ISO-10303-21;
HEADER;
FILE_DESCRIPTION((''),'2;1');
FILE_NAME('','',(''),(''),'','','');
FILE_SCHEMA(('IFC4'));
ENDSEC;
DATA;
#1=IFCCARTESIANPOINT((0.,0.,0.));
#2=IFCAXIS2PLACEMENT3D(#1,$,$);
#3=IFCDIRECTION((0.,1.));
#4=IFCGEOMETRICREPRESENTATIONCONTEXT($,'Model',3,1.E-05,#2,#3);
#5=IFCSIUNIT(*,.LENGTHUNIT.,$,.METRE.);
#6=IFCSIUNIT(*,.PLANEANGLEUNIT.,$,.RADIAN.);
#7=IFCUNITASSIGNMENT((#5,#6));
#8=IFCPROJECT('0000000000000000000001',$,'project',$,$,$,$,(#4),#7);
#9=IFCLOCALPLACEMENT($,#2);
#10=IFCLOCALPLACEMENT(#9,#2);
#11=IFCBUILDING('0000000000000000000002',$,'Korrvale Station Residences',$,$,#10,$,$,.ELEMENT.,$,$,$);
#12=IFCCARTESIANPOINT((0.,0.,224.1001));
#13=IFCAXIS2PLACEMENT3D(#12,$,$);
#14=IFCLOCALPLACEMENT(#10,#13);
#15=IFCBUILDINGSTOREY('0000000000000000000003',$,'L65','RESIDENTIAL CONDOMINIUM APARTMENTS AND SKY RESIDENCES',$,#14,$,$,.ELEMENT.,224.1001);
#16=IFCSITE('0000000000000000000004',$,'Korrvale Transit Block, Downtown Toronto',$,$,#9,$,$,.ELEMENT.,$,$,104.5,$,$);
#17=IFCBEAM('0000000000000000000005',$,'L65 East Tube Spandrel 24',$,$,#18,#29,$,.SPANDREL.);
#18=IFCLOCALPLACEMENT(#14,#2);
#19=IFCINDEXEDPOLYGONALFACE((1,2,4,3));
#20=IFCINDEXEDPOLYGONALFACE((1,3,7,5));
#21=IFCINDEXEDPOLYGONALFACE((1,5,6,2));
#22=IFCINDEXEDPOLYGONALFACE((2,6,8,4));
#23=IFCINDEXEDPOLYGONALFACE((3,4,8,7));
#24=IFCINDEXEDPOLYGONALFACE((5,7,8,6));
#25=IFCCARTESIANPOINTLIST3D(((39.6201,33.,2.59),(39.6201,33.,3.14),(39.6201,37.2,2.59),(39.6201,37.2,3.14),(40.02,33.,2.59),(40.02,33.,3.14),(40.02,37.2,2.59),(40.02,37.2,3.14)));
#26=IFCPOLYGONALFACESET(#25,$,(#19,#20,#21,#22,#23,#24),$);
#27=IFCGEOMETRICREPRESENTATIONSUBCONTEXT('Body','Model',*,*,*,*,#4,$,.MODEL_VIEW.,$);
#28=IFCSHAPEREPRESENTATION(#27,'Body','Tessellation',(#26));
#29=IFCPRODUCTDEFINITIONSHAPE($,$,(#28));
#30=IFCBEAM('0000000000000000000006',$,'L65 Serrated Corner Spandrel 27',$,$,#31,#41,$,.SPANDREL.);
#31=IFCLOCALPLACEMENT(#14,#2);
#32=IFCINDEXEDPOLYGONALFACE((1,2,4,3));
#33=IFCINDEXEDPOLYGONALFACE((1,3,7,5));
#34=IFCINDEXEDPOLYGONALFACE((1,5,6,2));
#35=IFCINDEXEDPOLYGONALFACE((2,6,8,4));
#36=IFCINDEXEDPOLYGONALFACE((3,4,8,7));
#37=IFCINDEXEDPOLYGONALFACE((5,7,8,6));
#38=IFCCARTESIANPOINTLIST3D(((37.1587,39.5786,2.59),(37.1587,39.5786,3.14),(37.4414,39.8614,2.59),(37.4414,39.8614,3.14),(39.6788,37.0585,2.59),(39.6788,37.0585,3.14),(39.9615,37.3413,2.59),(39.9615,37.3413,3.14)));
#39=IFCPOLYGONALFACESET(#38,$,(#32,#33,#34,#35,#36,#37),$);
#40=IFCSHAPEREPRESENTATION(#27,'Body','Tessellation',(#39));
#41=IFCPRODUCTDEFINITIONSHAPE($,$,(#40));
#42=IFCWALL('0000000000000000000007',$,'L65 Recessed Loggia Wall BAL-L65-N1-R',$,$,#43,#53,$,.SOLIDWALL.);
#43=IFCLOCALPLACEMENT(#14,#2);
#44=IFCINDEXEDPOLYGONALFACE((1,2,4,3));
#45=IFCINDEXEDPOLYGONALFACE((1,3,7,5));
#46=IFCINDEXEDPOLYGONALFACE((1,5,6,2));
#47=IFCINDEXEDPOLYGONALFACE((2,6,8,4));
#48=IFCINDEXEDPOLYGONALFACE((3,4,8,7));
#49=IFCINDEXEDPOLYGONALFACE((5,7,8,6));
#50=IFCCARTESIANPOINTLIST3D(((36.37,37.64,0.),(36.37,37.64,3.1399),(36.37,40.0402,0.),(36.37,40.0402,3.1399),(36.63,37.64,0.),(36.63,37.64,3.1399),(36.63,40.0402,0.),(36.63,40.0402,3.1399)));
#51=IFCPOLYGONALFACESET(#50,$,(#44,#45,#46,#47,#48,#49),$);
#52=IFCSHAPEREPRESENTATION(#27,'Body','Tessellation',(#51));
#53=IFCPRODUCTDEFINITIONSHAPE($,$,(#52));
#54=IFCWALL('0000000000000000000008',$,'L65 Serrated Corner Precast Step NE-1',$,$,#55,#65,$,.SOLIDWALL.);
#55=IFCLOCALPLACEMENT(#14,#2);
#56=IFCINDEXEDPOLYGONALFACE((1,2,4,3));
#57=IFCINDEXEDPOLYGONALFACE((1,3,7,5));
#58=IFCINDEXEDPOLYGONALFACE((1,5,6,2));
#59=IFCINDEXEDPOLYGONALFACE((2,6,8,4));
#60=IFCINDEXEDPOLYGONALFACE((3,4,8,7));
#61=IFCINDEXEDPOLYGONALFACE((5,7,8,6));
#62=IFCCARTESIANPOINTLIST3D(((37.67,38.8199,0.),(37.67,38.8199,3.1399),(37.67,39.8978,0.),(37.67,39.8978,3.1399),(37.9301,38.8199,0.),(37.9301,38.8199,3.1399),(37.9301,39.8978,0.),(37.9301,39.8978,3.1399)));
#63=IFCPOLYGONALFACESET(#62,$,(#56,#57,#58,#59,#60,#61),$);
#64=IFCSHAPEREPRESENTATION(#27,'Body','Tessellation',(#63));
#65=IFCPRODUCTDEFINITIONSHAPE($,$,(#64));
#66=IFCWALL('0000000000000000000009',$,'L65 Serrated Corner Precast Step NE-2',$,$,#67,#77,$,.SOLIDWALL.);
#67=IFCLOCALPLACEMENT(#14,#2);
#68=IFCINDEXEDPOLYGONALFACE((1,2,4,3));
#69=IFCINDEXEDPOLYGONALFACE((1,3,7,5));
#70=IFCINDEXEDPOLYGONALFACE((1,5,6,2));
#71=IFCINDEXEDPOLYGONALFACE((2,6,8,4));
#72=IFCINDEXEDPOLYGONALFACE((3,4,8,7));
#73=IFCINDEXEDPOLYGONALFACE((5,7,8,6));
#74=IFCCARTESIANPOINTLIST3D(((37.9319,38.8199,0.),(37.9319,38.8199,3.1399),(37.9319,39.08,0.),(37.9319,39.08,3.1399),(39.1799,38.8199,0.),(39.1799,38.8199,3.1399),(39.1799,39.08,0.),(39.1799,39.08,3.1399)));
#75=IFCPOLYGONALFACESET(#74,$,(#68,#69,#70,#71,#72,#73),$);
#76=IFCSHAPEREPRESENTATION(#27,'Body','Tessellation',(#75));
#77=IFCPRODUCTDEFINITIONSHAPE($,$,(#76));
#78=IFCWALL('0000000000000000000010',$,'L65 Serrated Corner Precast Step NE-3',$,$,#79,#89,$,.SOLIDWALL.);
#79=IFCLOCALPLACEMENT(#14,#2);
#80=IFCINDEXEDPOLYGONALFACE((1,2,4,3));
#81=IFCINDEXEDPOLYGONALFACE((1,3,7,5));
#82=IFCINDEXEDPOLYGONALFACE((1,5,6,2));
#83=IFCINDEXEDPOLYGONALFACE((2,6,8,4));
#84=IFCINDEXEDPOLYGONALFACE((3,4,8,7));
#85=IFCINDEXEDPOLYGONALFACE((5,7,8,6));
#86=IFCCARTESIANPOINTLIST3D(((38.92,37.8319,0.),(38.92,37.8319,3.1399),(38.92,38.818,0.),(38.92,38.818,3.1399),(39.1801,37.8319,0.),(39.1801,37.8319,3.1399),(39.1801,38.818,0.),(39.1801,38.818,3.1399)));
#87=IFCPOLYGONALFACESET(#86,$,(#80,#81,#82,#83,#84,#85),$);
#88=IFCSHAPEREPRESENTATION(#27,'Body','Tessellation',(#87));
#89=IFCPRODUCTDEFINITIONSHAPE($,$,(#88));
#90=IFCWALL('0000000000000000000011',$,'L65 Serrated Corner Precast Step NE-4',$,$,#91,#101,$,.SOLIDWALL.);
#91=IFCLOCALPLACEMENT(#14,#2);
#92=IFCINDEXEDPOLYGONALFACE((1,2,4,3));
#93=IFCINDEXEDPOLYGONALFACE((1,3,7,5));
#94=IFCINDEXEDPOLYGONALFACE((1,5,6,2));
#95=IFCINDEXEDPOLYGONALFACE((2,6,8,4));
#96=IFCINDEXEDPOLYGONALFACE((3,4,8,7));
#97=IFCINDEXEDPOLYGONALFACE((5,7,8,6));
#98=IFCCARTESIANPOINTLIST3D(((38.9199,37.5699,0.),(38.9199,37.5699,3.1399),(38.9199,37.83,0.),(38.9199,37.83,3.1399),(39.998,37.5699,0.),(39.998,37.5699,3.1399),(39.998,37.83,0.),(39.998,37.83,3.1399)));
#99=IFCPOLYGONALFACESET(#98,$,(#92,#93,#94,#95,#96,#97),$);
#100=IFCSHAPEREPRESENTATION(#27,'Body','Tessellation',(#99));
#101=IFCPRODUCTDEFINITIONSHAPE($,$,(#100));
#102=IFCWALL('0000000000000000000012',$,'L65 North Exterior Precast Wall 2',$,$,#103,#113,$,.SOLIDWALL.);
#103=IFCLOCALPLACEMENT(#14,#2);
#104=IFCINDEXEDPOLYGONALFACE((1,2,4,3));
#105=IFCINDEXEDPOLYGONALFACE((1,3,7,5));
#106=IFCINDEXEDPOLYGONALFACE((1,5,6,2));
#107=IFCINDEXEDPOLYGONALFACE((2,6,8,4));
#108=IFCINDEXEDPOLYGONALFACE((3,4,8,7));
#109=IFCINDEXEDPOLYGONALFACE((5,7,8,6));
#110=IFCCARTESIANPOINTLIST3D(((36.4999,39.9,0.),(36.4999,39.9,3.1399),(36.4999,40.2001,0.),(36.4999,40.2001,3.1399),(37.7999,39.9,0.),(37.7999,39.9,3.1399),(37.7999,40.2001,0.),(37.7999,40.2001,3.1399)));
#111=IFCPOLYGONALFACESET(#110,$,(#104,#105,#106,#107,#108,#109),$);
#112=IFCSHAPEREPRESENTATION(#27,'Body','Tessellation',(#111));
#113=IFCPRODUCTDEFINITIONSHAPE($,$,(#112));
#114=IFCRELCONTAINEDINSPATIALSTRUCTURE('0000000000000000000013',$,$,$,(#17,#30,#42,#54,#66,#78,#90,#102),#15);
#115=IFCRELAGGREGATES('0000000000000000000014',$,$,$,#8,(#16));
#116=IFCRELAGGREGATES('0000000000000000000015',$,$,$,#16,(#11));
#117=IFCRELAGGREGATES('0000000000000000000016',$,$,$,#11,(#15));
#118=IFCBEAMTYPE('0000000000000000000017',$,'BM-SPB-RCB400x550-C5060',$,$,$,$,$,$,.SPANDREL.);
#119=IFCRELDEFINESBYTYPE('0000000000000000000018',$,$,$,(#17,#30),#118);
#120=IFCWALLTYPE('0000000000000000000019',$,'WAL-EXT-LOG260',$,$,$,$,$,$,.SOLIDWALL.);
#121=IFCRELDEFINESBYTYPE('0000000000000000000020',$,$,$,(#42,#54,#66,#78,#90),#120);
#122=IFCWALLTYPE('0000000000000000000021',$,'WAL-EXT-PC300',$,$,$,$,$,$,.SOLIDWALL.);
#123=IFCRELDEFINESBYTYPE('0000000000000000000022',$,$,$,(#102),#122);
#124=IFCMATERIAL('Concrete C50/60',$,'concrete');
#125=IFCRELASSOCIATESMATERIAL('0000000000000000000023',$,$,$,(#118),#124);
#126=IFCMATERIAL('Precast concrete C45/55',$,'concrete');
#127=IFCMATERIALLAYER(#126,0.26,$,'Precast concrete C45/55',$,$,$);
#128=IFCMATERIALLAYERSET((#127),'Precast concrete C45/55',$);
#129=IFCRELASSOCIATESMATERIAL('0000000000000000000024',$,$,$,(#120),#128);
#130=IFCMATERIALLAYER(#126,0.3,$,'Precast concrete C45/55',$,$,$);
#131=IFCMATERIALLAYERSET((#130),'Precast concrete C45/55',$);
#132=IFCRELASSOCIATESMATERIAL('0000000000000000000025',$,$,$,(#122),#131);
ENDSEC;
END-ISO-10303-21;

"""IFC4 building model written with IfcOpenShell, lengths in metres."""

from ifc_helpers import new_model, si_unit, direction, frame, frame_2d, origin, origin_2d, place, context, subcontext, project, spatial, rectangle, extrude, material, layer, layer_set, material_profile, profile_set, type_object, element, save


model = new_model("IFC4")

# Units and contexts
model_context = context("Model", 3, precision=1e-05, world=origin(), true_north=direction((0.0, 1.0)))
body_context = subcontext(model_context, "Body", "Model", "MODEL_VIEW")
ifc_project = project(units=[si_unit("LENGTHUNIT", "METRE"), si_unit("PLANEANGLEUNIT", "RADIAN")], contexts=[model_context])

# Site, building, storey
site_placement = place(None, origin())
site = spatial("IfcSite", under=ifc_project, at=site_placement, Name="Korrvale Transit Block, Downtown Toronto", CompositionType="ELEMENT", RefElevation=104.5)
building_placement = place(site_placement, origin())
building = spatial("IfcBuilding", under=site, at=building_placement, Name="Korrvale Station Residences", CompositionType="ELEMENT")
storey_placement = place(building_placement, frame((0.0, 0.0, 224.1001)))
storey = spatial("IfcBuildingStorey", under=building, at=storey_placement, Name="L65", Description="RESIDENTIAL CONDOMINIUM APARTMENTS AND SKY RESIDENCES", CompositionType="ELEMENT", Elevation=224.1001)

# Shared definitions
ifc_material_1 = material(Name="Concrete C50/60", Category="concrete")

# Beams
ifc_material_profile_1 = material_profile(ifc_material_1, rectangle(XDim=0.3999, YDim=0.55, at=origin_2d()), Name="RCB400x550")
ifc_profile_set_1 = profile_set([ifc_material_profile_1], Name="Concrete C50/60")
beam_type_1 = type_object("IfcBeamType", Name="BM-SPB-RCB400x550-C5060", PredefinedType="SPANDREL", material=ifc_profile_set_1)
beam_1_placement = place(storey_placement, frame((39.8201, 33.0, 2.865), z_axis=(0.0, 1.0, 0.0), x_axis=(-1.0, 0.0, 0.0)))
element("IfcBeam", 1, at=beam_1_placement, inside=storey, type_object=beam_type_1, Name="L65 East Tube Spandrel 24", PredefinedType="SPANDREL", context=body_context, shape_type="SweptSolid", body=[
    extrude(rectangle(XDim=0.3999, YDim=0.55, at=origin_2d()), origin(), (0.0, 0.0, 1.0), 4.2),
])
beam_2_placement = place(storey_placement, frame((37.3, 39.72, 2.865), z_axis=(0.707107, -0.707107, 0.0), x_axis=(0.707107, 0.707107, 0.0)))
element("IfcBeam", 2, at=beam_2_placement, inside=storey, type_object=beam_type_1, Name="L65 Serrated Corner Spandrel 27", PredefinedType="SPANDREL", context=body_context, shape_type="SweptSolid", body=[
    extrude(rectangle(XDim=0.3999, YDim=0.55, at=origin_2d()), origin(), (0.0, 0.0, 1.0), 3.564),
])

# Walls
ifc_material_2 = material(Name="Precast concrete C45/55", Category="concrete")
ifc_layer_1 = layer(ifc_material_2, 0.26, Name="Precast concrete C45/55")
ifc_layer_set_1 = layer_set([ifc_layer_1], Name="Precast concrete C45/55")
wall_type_1 = type_object("IfcWallType", Name="WAL-EXT-LOG260", PredefinedType="SOLIDWALL", material=ifc_layer_set_1)
wall_1_placement = place(storey_placement, frame((36.5, 37.6399, 0.0), z_axis=(0.0, 0.0, 1.0), x_axis=(0.0, 1.0, 0.0)))
element("IfcWall", 3, at=wall_1_placement, inside=storey, type_object=wall_type_1, Name="L65 Recessed Loggia Wall BAL-L65-N1-R", PredefinedType="SOLIDWALL", context=body_context, shape_type="SweptSolid", body=[
    extrude(rectangle(XDim=2.4001, YDim=0.26, at=frame_2d((1.2002, 0.0))), origin(), (0.0, 0.0, 1.0), 3.1399),
])
wall_2_placement = place(storey_placement, frame((37.8, 39.8979, 0.0), z_axis=(0.0, 0.0, 1.0), x_axis=(0.0, -1.0, 0.0)))
element("IfcWall", 4, at=wall_2_placement, inside=storey, type_object=wall_type_1, Name="L65 Serrated Corner Precast Step NE-1", PredefinedType="SOLIDWALL", context=body_context, shape_type="SweptSolid", body=[
    extrude(rectangle(XDim=1.0779, YDim=0.26, at=frame_2d((0.5391, 0.0))), origin(), (0.0, 0.0, 1.0), 3.1399),
])
wall_3_placement = place(storey_placement, frame((37.9319, 38.95, 0.0), z_axis=(0.0, 0.0, 1.0), x_axis=(1.0, 0.0, 0.0)))
element("IfcWall", 5, at=wall_3_placement, inside=storey, type_object=wall_type_1, Name="L65 Serrated Corner Precast Step NE-2", PredefinedType="SOLIDWALL", context=body_context, shape_type="SweptSolid", body=[
    extrude(rectangle(XDim=1.248, YDim=0.26, at=frame_2d((0.624, 0.0))), origin(), (0.0, 0.0, 1.0), 3.1399),
])
wall_4_placement = place(storey_placement, frame((39.05, 38.8181, 0.0), z_axis=(0.0, 0.0, 1.0), x_axis=(0.0, -1.0, 0.0)))
element("IfcWall", 6, at=wall_4_placement, inside=storey, type_object=wall_type_1, Name="L65 Serrated Corner Precast Step NE-3", PredefinedType="SOLIDWALL", context=body_context, shape_type="SweptSolid", body=[
    extrude(rectangle(XDim=0.9861, YDim=0.26, at=frame_2d((0.4932, 0.0))), origin(), (0.0, 0.0, 1.0), 3.1399),
])
wall_5_placement = place(storey_placement, frame((38.9199, 37.7, 0.0), z_axis=(0.0, 0.0, 1.0), x_axis=(1.0, 0.0, 0.0)))
element("IfcWall", 7, at=wall_5_placement, inside=storey, type_object=wall_type_1, Name="L65 Serrated Corner Precast Step NE-4", PredefinedType="SOLIDWALL", context=body_context, shape_type="SweptSolid", body=[
    extrude(rectangle(XDim=1.0781, YDim=0.26, at=frame_2d((0.5391, 0.0))), origin(), (0.0, 0.0, 1.0), 3.1399),
])
ifc_layer_2 = layer(ifc_material_2, 0.3, Name="Precast concrete C45/55")
ifc_layer_set_2 = layer_set([ifc_layer_2], Name="Precast concrete C45/55")
wall_type_2 = type_object("IfcWallType", Name="WAL-EXT-PC300", PredefinedType="SOLIDWALL", material=ifc_layer_set_2)
wall_6_placement = place(storey_placement, frame((36.5, 40.05, 0.0), z_axis=(0.0, 0.0, 1.0), x_axis=(1.0, 0.0, 0.0)))
element("IfcWall", 8, at=wall_6_placement, inside=storey, type_object=wall_type_2, Name="L65 North Exterior Precast Wall 2", PredefinedType="SOLIDWALL", context=body_context, shape_type="SweptSolid", body=[
    extrude(rectangle(XDim=1.3, YDim=0.3, at=frame_2d((0.6499, 0.0))), origin(), (0.0, 0.0, 1.0), 3.1399),
])

save(model, "model.ifc")
